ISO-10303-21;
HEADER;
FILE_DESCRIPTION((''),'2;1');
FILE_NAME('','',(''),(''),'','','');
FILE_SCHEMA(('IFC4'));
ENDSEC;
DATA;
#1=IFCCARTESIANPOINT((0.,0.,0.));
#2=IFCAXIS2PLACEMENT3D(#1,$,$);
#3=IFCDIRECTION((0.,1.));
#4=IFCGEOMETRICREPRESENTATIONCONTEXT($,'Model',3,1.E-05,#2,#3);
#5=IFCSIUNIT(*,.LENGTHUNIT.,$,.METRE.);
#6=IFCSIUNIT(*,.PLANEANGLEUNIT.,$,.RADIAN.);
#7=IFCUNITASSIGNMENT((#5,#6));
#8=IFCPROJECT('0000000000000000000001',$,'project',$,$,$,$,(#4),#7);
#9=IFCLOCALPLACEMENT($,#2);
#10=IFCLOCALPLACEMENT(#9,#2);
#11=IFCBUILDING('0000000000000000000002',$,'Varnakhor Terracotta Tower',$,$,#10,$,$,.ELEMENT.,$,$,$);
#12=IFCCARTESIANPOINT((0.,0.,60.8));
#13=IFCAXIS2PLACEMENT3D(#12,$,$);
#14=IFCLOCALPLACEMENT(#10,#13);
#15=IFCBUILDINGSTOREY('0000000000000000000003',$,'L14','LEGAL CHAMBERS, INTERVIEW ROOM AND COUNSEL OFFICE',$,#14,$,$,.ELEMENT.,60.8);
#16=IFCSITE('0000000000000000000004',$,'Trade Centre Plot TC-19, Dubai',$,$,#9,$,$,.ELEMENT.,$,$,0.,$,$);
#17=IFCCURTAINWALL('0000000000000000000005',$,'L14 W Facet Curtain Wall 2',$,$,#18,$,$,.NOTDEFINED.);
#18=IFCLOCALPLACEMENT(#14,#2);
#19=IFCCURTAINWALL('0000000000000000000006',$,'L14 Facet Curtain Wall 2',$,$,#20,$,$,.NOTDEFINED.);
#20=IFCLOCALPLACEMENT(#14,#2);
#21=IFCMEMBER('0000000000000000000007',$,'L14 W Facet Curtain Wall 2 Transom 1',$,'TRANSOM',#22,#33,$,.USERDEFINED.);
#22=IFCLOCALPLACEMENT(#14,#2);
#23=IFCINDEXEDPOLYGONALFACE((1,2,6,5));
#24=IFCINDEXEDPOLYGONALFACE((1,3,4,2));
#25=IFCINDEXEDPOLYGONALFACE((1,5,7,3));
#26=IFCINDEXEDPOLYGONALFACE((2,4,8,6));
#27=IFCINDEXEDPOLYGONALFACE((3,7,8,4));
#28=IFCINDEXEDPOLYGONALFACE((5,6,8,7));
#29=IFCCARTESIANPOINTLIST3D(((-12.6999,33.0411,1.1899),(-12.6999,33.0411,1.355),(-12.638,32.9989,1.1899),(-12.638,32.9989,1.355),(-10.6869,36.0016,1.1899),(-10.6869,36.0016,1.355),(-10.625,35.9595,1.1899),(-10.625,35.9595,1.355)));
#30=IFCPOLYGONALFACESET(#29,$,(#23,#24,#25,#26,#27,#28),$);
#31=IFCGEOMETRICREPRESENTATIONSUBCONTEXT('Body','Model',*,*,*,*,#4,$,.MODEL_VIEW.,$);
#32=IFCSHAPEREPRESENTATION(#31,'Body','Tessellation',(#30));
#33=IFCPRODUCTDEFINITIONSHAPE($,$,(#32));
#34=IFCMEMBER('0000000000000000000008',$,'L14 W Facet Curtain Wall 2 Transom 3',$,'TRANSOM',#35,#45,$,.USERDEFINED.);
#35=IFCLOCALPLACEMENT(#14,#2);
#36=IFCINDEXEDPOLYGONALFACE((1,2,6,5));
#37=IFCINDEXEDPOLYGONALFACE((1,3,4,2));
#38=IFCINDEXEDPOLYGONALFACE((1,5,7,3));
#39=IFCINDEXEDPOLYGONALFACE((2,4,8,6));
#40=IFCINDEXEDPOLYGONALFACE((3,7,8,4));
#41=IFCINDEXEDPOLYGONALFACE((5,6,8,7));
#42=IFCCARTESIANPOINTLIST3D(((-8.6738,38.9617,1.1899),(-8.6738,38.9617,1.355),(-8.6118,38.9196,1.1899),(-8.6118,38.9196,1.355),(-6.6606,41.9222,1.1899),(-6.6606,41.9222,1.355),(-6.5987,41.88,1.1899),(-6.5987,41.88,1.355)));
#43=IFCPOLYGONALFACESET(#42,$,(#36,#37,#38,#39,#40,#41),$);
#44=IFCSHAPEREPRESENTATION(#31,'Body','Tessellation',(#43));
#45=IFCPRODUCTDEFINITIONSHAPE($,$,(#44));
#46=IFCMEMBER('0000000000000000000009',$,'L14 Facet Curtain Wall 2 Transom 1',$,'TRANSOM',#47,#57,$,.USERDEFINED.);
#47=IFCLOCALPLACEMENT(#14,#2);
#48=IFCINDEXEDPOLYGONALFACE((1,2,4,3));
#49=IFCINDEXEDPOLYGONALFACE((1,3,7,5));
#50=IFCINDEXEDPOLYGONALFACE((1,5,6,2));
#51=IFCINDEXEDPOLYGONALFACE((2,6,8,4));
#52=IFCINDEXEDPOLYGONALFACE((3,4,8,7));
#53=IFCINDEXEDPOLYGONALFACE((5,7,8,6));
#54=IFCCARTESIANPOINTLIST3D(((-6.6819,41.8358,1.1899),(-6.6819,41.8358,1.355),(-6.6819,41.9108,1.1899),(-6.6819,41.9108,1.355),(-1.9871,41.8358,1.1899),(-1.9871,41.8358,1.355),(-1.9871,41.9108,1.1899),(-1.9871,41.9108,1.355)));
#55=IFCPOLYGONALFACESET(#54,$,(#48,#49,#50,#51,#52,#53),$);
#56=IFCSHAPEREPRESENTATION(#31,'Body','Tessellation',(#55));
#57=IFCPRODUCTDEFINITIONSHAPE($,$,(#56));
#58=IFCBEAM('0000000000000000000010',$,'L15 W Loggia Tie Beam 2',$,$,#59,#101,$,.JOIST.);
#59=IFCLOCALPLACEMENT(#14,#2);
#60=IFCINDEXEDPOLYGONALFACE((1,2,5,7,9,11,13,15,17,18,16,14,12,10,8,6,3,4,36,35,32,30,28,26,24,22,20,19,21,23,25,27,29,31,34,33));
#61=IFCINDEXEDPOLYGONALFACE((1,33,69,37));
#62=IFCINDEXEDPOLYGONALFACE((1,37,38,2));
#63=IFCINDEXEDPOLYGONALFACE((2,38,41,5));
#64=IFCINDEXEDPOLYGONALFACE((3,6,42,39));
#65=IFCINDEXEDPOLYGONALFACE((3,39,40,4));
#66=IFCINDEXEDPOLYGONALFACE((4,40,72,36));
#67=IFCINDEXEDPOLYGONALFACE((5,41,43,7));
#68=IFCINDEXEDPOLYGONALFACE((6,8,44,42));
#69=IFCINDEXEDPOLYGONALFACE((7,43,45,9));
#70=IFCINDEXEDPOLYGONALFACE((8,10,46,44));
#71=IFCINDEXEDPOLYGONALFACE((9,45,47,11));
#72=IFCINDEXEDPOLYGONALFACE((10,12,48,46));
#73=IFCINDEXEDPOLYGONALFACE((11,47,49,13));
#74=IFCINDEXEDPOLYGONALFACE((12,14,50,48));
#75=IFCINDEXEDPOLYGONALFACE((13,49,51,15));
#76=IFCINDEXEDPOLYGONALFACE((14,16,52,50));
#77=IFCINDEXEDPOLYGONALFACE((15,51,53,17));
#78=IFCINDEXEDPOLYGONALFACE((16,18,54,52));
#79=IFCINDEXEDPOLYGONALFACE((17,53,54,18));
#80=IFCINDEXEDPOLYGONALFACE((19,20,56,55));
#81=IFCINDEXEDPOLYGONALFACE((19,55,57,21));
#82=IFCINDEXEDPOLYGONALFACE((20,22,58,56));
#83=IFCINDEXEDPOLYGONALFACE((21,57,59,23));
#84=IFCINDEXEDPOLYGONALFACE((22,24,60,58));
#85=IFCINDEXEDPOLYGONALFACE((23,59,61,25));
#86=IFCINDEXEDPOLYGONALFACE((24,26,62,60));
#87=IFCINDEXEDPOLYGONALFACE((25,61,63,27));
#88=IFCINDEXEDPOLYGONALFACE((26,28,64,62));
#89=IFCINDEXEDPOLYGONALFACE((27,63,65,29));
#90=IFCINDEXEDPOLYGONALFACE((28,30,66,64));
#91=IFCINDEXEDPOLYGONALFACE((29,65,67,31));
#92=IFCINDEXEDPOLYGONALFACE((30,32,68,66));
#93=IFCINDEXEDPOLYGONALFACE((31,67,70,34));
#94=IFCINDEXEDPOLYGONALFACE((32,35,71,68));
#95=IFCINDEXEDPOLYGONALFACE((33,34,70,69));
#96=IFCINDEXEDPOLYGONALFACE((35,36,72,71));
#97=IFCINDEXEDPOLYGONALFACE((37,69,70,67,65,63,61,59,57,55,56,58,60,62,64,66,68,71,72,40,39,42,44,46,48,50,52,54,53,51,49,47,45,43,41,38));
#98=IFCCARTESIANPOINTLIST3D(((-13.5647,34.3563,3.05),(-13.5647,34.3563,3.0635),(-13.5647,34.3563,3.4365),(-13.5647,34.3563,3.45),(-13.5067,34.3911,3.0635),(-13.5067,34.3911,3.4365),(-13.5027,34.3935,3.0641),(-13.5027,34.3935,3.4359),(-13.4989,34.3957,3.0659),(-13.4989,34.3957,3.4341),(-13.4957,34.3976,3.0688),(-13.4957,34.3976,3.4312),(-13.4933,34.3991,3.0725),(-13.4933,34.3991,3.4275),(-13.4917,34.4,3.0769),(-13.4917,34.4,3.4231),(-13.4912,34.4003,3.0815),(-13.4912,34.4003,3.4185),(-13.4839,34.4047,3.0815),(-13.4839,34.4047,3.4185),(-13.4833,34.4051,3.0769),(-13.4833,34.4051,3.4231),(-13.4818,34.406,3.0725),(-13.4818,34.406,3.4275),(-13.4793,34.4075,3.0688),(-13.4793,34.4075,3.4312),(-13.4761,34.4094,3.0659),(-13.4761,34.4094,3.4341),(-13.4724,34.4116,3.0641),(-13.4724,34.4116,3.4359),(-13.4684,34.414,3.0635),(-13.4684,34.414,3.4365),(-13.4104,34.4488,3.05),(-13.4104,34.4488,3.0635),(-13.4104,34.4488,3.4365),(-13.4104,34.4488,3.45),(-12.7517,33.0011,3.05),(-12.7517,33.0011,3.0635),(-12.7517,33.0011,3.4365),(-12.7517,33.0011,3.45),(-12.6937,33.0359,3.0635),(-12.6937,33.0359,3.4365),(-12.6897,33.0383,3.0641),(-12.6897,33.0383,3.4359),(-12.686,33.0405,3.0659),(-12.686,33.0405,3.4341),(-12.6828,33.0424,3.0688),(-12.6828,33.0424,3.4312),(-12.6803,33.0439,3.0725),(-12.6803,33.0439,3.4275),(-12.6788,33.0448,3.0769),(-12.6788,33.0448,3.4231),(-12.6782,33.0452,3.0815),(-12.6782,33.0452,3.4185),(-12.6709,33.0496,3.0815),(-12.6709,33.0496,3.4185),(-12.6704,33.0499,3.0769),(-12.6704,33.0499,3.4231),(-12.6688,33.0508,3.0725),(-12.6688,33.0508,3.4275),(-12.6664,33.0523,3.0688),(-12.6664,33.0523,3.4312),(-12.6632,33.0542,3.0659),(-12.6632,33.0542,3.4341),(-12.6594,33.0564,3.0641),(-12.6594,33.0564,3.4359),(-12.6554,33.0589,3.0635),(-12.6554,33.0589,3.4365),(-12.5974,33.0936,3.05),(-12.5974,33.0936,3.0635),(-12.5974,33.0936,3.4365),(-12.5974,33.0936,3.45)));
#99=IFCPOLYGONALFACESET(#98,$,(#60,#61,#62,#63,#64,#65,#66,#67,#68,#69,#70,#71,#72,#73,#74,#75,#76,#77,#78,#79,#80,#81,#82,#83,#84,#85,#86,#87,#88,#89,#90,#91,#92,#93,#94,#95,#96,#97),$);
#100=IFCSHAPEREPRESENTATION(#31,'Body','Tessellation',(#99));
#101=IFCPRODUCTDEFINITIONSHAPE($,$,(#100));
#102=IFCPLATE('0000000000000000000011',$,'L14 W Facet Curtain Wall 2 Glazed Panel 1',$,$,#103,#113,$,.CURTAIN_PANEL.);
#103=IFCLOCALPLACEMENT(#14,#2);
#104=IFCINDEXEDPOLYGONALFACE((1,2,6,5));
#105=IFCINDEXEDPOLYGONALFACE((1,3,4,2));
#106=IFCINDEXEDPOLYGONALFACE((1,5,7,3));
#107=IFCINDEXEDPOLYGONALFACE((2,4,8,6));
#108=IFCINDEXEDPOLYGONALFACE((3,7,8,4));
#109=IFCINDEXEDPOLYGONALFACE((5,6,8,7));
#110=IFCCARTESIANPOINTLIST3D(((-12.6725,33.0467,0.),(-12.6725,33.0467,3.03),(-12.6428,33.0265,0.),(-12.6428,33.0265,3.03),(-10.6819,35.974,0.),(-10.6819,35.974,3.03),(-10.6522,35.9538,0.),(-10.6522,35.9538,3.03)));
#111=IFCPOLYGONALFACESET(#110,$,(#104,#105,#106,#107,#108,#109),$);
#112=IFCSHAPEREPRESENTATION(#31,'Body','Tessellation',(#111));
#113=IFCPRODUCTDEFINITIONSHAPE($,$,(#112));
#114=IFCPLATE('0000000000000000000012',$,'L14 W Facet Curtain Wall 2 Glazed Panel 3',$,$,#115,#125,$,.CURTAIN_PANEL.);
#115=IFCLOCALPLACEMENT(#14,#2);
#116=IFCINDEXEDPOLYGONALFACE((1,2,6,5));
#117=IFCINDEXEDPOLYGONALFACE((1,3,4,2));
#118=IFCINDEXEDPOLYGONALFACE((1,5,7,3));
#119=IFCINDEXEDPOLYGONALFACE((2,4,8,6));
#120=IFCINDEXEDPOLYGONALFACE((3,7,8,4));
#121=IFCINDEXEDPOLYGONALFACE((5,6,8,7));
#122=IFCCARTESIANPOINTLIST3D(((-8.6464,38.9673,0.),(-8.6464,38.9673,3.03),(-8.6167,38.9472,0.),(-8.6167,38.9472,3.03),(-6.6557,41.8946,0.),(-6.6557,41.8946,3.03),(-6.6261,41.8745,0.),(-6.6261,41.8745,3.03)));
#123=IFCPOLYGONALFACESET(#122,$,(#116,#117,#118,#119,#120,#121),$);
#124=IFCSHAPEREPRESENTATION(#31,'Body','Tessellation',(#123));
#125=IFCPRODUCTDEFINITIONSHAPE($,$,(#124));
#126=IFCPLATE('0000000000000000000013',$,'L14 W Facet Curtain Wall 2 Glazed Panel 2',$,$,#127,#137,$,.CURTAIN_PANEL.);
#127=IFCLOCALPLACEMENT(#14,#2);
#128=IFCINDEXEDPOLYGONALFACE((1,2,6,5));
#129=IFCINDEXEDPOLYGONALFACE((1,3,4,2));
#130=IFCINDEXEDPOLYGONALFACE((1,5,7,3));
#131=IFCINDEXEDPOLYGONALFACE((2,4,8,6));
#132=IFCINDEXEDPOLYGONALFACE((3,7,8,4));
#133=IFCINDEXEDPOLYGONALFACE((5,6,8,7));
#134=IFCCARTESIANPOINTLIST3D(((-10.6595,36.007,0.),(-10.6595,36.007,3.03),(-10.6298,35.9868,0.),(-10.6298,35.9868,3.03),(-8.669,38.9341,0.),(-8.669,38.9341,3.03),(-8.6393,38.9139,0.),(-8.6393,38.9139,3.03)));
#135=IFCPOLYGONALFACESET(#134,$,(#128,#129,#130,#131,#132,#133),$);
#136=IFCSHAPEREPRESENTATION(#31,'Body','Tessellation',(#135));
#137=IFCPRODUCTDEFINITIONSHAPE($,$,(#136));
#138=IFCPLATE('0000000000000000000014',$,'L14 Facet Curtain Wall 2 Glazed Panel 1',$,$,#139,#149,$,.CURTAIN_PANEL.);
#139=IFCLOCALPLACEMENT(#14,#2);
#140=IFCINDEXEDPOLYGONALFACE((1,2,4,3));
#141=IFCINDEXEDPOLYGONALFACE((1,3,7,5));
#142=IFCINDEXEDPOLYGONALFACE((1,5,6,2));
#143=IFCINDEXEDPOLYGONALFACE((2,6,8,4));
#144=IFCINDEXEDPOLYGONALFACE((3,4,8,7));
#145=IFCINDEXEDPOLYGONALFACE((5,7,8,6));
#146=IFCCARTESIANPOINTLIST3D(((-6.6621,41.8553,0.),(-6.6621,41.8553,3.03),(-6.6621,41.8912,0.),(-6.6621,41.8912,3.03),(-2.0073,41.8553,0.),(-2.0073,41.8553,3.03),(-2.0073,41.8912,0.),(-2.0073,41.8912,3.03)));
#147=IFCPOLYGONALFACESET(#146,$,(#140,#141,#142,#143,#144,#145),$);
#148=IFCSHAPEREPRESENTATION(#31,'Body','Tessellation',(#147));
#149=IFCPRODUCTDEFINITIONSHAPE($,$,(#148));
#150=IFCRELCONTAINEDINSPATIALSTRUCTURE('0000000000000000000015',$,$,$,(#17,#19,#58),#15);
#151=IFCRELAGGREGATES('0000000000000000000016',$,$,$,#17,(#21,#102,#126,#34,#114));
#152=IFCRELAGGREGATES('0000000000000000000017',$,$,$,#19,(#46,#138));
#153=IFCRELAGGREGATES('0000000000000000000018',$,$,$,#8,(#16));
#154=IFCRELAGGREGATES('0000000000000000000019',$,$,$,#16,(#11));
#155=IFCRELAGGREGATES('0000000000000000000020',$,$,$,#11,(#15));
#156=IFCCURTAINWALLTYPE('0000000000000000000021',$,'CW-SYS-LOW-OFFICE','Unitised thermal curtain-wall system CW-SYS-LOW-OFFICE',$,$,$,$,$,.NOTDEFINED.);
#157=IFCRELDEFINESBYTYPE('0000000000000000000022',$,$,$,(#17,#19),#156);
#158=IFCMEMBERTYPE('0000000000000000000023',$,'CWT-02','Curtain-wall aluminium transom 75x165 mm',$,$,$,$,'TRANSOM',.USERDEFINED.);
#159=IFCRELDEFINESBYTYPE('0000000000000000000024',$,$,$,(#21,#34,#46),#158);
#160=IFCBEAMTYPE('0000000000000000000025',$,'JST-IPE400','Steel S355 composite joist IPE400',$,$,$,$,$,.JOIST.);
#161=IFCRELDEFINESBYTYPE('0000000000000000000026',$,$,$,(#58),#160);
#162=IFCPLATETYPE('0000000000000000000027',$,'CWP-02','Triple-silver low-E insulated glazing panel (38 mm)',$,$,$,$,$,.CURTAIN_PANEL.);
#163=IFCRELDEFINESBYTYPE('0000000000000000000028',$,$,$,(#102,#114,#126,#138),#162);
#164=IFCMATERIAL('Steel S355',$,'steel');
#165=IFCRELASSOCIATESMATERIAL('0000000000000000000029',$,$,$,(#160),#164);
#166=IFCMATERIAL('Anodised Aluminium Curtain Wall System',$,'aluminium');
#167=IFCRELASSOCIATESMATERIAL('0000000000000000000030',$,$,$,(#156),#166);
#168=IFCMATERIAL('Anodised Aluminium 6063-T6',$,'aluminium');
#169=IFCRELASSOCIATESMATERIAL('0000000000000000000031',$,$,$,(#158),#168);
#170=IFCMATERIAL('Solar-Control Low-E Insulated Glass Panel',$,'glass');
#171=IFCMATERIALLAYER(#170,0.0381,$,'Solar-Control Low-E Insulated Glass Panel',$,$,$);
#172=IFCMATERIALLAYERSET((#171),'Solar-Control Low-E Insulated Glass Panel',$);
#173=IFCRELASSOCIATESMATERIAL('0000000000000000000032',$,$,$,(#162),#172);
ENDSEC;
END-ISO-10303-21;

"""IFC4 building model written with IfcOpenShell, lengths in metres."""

from ifc_helpers import new_model, si_unit, direction, frame, origin, origin_2d, place, context, subcontext, project, spatial, rectangle, i_section, extrude, source, transform, mapped, material, layer, layer_set, material_profile, profile_set, type_object, element, aggregate, save


model = new_model("IFC4")

# Units and contexts
model_context = context("Model", 3, precision=1e-05, world=origin(), true_north=direction((0.0, 1.0)))
body_context = subcontext(model_context, "Body", "Model", "MODEL_VIEW")
ifc_project = project(units=[si_unit("LENGTHUNIT", "METRE"), si_unit("PLANEANGLEUNIT", "RADIAN")], contexts=[model_context])

# Site, building, storey
site_placement = place(None, origin())
site = spatial("IfcSite", under=ifc_project, at=site_placement, Name="Trade Centre Plot TC-19, Dubai", CompositionType="ELEMENT", RefElevation=0.0)
building_placement = place(site_placement, origin())
building = spatial("IfcBuilding", under=site, at=building_placement, Name="Varnakhor Terracotta Tower", CompositionType="ELEMENT")
storey_placement = place(building_placement, frame((0.0, 0.0, 60.8)))
storey = spatial("IfcBuildingStorey", under=building, at=storey_placement, Name="L14", Description="LEGAL CHAMBERS, INTERVIEW ROOM AND COUNSEL OFFICE", CompositionType="ELEMENT", Elevation=60.8)

# Shared definitions
ifc_material_1 = material(Name="Steel S355", Category="steel")
ifc_material_profile_1 = material_profile(ifc_material_1, i_section(OverallWidth=0.1799, OverallDepth=0.3999, WebThickness=0.0085, FlangeThickness=0.0134, FilletRadius=0.0181, at=origin_2d()), Name="IPE400")
ifc_profile_set_1 = profile_set([ifc_material_profile_1], Name="Steel S355")
beam_type_1 = type_object("IfcBeamType", Name="JST-IPE400", Description="Steel S355 composite joist IPE400", PredefinedType="JOIST", material=ifc_profile_set_1)

# Curtain walls
ifc_material_2 = material(Name="Anodised Aluminium Curtain Wall System", Category="aluminium")
curtain_wall_type = type_object("IfcCurtainWallType", Name="CW-SYS-LOW-OFFICE", Description="Unitised thermal curtain-wall system CW-SYS-LOW-OFFICE", PredefinedType="NOTDEFINED", material=ifc_material_2)
curtain_wall_1_placement = place(storey_placement, origin())
curtain_wall_1 = element("IfcCurtainWall", 1, at=curtain_wall_1_placement, inside=storey, type_object=curtain_wall_type, Name="L14 W Facet Curtain Wall 2", PredefinedType="NOTDEFINED")
ifc_material_3 = material(Name="Anodised Aluminium 6063-T6", Category="aluminium")
curtain_wall_2_placement = place(storey_placement, origin())
curtain_wall_2 = element("IfcCurtainWall", 2, at=curtain_wall_2_placement, inside=storey, type_object=curtain_wall_type, Name="L14 Facet Curtain Wall 2", PredefinedType="NOTDEFINED")

# Members
ifc_material_profile_2 = material_profile(ifc_material_3, rectangle(XDim=0.075, YDim=0.165, at=origin_2d()), Name="ALU TRANSOM 75x165")
ifc_profile_set_2 = profile_set([ifc_material_profile_2], Name="Anodised Aluminium 6063-T6")
member_type_1 = type_object("IfcMemberType", Name="CWT-02", Description="Curtain-wall aluminium transom 75x165 mm", ElementType="TRANSOM", PredefinedType="USERDEFINED", material=ifc_profile_set_2)
shared_shape_1 = source(origin(), body_context, "Body", "SweptSolid", [
    extrude(rectangle(XDim=0.075, YDim=0.165, at=origin_2d()), origin(), (0.0, 0.0, 1.0), 3.5801),
])
member_1_placement = place(storey_placement, frame((-12.6689, 33.02, 1.2725), z_axis=(0.562278, 0.826948, 0.0), x_axis=(-0.826948, 0.562278, 0.0)))
member_1 = element("IfcMember", 3, at=member_1_placement, type_object=member_type_1, Name="L14 W Facet Curtain Wall 2 Transom 1", ObjectType="TRANSOM", PredefinedType="USERDEFINED", context=body_context, shape_type="MappedRepresentation", body=[
    mapped(shared_shape_1, transform((0.0, 0.0, 0.0), scale=1.0)),
])
member_2_placement = place(storey_placement, frame((-8.6428, 38.9407, 1.2725), z_axis=(0.562325, 0.826916, 0.0), x_axis=(-0.826916, 0.562325, 0.0)))
member_2 = element("IfcMember", 4, at=member_2_placement, type_object=member_type_1, Name="L14 W Facet Curtain Wall 2 Transom 3", ObjectType="TRANSOM", PredefinedType="USERDEFINED", context=body_context, shape_type="MappedRepresentation", body=[
    mapped(shared_shape_1, transform((0.0, 0.0, 0.0), scale=1.0)),
])
shared_shape_2 = source(origin(), body_context, "Body", "SweptSolid", [
    extrude(rectangle(XDim=0.075, YDim=0.165, at=origin_2d()), origin(), (0.0, 0.0, 1.0), 4.6948),
])
member_3_placement = place(storey_placement, frame((-6.6819, 41.8733, 1.2725), z_axis=(1.0, 0.0, 0.0), x_axis=(0.0, 1.0, 0.0)))
member_3 = element("IfcMember", 5, at=member_3_placement, type_object=member_type_1, Name="L14 Facet Curtain Wall 2 Transom 1", ObjectType="TRANSOM", PredefinedType="USERDEFINED", context=body_context, shape_type="MappedRepresentation", body=[
    mapped(shared_shape_2, transform((0.0, 0.0, 0.0), scale=1.0)),
])

# Beam
shared_shape_3 = source(origin(), body_context, "Body", "SweptSolid", [
    extrude(i_section(OverallWidth=0.1799, OverallDepth=0.3999, WebThickness=0.0085, FlangeThickness=0.0134, FilletRadius=0.0181, at=origin_2d()), origin(), (0.0, 0.0, 1.0), 1.5803),
])
beam_1_placement = place(storey_placement, frame((-12.6746, 33.0474, 3.25), z_axis=(-0.514428, 0.857534, 0.0), x_axis=(-0.857534, -0.514428, 0.0)))
element("IfcBeam", 6, at=beam_1_placement, inside=storey, type_object=beam_type_1, Name="L15 W Loggia Tie Beam 2", PredefinedType="JOIST", context=body_context, shape_type="MappedRepresentation", body=[
    mapped(shared_shape_3, transform((0.0, 0.0, 0.0), scale=1.0)),
])

# Plates
ifc_material_4 = material(Name="Solar-Control Low-E Insulated Glass Panel", Category="glass")
ifc_layer_1 = layer(ifc_material_4, 0.0381, Name="Solar-Control Low-E Insulated Glass Panel")
ifc_layer_set_1 = layer_set([ifc_layer_1], Name="Solar-Control Low-E Insulated Glass Panel")
plate_type = type_object("IfcPlateType", Name="CWP-02", Description="Triple-silver low-E insulated glazing panel (38 mm)", PredefinedType="CURTAIN_PANEL", material=ifc_layer_set_1)
shared_shape_4 = source(origin(), body_context, "Body", "SweptSolid", [
    extrude(rectangle(XDim=3.54, YDim=0.0359, at=origin_2d()), origin(), (0.0, 0.0, 1.0), 3.03),
])
plate_1_placement = place(storey_placement, frame((-11.6624, 34.5002, 0.0), z_axis=(0.0, 0.0, 1.0), x_axis=(0.562329, 0.826914, 0.0)))
plate_1 = element("IfcPlate", 7, at=plate_1_placement, type_object=plate_type, Name="L14 W Facet Curtain Wall 2 Glazed Panel 1", PredefinedType="CURTAIN_PANEL", context=body_context, shape_type="MappedRepresentation", body=[
    mapped(shared_shape_4, transform((0.0, 0.0, 0.0), scale=1.0)),
])
plate_2_placement = place(storey_placement, frame((-7.6362, 40.4209, 0.0), z_axis=(0.0, 0.0, 1.0), x_axis=(0.562329, 0.826914, 0.0)))
plate_2 = element("IfcPlate", 8, at=plate_2_placement, type_object=plate_type, Name="L14 W Facet Curtain Wall 2 Glazed Panel 3", PredefinedType="CURTAIN_PANEL", context=body_context, shape_type="MappedRepresentation", body=[
    mapped(shared_shape_4, transform((0.0, 0.0, 0.0), scale=1.0)),
])
shared_shape_5 = source(origin(), body_context, "Body", "SweptSolid", [
    extrude(rectangle(XDim=3.5398, YDim=0.0359, at=origin_2d()), origin(), (0.0, 0.0, 1.0), 3.03),
])
plate_3_placement = place(storey_placement, frame((-9.6494, 37.4604, 0.0), z_axis=(0.0, 0.0, 1.0), x_axis=(0.562329, 0.826914, 0.0)))
plate_3 = element("IfcPlate", 9, at=plate_3_placement, type_object=plate_type, Name="L14 W Facet Curtain Wall 2 Glazed Panel 2", PredefinedType="CURTAIN_PANEL", context=body_context, shape_type="MappedRepresentation", body=[
    mapped(shared_shape_5, transform((0.0, 0.0, 0.0), scale=1.0)),
])
aggregate(curtain_wall_1, [member_1, plate_1, plate_3, member_2, plate_2])
shared_shape_6 = source(origin(), body_context, "Body", "SweptSolid", [
    extrude(rectangle(XDim=4.6548, YDim=0.0359, at=origin_2d()), origin(), (0.0, 0.0, 1.0), 3.03),
])
plate_4_placement = place(storey_placement, frame((-4.3347, 41.8733, 0.0), z_axis=(0.0, 0.0, 1.0), x_axis=(1.0, 0.0, 0.0)))
plate_4 = element("IfcPlate", 10, at=plate_4_placement, type_object=plate_type, Name="L14 Facet Curtain Wall 2 Glazed Panel 1", PredefinedType="CURTAIN_PANEL", context=body_context, shape_type="MappedRepresentation", body=[
    mapped(shared_shape_6, transform((0.0, 0.0, 0.0), scale=1.0)),
])
aggregate(curtain_wall_2, [member_3, plate_4])

save(model, "model.ifc")
